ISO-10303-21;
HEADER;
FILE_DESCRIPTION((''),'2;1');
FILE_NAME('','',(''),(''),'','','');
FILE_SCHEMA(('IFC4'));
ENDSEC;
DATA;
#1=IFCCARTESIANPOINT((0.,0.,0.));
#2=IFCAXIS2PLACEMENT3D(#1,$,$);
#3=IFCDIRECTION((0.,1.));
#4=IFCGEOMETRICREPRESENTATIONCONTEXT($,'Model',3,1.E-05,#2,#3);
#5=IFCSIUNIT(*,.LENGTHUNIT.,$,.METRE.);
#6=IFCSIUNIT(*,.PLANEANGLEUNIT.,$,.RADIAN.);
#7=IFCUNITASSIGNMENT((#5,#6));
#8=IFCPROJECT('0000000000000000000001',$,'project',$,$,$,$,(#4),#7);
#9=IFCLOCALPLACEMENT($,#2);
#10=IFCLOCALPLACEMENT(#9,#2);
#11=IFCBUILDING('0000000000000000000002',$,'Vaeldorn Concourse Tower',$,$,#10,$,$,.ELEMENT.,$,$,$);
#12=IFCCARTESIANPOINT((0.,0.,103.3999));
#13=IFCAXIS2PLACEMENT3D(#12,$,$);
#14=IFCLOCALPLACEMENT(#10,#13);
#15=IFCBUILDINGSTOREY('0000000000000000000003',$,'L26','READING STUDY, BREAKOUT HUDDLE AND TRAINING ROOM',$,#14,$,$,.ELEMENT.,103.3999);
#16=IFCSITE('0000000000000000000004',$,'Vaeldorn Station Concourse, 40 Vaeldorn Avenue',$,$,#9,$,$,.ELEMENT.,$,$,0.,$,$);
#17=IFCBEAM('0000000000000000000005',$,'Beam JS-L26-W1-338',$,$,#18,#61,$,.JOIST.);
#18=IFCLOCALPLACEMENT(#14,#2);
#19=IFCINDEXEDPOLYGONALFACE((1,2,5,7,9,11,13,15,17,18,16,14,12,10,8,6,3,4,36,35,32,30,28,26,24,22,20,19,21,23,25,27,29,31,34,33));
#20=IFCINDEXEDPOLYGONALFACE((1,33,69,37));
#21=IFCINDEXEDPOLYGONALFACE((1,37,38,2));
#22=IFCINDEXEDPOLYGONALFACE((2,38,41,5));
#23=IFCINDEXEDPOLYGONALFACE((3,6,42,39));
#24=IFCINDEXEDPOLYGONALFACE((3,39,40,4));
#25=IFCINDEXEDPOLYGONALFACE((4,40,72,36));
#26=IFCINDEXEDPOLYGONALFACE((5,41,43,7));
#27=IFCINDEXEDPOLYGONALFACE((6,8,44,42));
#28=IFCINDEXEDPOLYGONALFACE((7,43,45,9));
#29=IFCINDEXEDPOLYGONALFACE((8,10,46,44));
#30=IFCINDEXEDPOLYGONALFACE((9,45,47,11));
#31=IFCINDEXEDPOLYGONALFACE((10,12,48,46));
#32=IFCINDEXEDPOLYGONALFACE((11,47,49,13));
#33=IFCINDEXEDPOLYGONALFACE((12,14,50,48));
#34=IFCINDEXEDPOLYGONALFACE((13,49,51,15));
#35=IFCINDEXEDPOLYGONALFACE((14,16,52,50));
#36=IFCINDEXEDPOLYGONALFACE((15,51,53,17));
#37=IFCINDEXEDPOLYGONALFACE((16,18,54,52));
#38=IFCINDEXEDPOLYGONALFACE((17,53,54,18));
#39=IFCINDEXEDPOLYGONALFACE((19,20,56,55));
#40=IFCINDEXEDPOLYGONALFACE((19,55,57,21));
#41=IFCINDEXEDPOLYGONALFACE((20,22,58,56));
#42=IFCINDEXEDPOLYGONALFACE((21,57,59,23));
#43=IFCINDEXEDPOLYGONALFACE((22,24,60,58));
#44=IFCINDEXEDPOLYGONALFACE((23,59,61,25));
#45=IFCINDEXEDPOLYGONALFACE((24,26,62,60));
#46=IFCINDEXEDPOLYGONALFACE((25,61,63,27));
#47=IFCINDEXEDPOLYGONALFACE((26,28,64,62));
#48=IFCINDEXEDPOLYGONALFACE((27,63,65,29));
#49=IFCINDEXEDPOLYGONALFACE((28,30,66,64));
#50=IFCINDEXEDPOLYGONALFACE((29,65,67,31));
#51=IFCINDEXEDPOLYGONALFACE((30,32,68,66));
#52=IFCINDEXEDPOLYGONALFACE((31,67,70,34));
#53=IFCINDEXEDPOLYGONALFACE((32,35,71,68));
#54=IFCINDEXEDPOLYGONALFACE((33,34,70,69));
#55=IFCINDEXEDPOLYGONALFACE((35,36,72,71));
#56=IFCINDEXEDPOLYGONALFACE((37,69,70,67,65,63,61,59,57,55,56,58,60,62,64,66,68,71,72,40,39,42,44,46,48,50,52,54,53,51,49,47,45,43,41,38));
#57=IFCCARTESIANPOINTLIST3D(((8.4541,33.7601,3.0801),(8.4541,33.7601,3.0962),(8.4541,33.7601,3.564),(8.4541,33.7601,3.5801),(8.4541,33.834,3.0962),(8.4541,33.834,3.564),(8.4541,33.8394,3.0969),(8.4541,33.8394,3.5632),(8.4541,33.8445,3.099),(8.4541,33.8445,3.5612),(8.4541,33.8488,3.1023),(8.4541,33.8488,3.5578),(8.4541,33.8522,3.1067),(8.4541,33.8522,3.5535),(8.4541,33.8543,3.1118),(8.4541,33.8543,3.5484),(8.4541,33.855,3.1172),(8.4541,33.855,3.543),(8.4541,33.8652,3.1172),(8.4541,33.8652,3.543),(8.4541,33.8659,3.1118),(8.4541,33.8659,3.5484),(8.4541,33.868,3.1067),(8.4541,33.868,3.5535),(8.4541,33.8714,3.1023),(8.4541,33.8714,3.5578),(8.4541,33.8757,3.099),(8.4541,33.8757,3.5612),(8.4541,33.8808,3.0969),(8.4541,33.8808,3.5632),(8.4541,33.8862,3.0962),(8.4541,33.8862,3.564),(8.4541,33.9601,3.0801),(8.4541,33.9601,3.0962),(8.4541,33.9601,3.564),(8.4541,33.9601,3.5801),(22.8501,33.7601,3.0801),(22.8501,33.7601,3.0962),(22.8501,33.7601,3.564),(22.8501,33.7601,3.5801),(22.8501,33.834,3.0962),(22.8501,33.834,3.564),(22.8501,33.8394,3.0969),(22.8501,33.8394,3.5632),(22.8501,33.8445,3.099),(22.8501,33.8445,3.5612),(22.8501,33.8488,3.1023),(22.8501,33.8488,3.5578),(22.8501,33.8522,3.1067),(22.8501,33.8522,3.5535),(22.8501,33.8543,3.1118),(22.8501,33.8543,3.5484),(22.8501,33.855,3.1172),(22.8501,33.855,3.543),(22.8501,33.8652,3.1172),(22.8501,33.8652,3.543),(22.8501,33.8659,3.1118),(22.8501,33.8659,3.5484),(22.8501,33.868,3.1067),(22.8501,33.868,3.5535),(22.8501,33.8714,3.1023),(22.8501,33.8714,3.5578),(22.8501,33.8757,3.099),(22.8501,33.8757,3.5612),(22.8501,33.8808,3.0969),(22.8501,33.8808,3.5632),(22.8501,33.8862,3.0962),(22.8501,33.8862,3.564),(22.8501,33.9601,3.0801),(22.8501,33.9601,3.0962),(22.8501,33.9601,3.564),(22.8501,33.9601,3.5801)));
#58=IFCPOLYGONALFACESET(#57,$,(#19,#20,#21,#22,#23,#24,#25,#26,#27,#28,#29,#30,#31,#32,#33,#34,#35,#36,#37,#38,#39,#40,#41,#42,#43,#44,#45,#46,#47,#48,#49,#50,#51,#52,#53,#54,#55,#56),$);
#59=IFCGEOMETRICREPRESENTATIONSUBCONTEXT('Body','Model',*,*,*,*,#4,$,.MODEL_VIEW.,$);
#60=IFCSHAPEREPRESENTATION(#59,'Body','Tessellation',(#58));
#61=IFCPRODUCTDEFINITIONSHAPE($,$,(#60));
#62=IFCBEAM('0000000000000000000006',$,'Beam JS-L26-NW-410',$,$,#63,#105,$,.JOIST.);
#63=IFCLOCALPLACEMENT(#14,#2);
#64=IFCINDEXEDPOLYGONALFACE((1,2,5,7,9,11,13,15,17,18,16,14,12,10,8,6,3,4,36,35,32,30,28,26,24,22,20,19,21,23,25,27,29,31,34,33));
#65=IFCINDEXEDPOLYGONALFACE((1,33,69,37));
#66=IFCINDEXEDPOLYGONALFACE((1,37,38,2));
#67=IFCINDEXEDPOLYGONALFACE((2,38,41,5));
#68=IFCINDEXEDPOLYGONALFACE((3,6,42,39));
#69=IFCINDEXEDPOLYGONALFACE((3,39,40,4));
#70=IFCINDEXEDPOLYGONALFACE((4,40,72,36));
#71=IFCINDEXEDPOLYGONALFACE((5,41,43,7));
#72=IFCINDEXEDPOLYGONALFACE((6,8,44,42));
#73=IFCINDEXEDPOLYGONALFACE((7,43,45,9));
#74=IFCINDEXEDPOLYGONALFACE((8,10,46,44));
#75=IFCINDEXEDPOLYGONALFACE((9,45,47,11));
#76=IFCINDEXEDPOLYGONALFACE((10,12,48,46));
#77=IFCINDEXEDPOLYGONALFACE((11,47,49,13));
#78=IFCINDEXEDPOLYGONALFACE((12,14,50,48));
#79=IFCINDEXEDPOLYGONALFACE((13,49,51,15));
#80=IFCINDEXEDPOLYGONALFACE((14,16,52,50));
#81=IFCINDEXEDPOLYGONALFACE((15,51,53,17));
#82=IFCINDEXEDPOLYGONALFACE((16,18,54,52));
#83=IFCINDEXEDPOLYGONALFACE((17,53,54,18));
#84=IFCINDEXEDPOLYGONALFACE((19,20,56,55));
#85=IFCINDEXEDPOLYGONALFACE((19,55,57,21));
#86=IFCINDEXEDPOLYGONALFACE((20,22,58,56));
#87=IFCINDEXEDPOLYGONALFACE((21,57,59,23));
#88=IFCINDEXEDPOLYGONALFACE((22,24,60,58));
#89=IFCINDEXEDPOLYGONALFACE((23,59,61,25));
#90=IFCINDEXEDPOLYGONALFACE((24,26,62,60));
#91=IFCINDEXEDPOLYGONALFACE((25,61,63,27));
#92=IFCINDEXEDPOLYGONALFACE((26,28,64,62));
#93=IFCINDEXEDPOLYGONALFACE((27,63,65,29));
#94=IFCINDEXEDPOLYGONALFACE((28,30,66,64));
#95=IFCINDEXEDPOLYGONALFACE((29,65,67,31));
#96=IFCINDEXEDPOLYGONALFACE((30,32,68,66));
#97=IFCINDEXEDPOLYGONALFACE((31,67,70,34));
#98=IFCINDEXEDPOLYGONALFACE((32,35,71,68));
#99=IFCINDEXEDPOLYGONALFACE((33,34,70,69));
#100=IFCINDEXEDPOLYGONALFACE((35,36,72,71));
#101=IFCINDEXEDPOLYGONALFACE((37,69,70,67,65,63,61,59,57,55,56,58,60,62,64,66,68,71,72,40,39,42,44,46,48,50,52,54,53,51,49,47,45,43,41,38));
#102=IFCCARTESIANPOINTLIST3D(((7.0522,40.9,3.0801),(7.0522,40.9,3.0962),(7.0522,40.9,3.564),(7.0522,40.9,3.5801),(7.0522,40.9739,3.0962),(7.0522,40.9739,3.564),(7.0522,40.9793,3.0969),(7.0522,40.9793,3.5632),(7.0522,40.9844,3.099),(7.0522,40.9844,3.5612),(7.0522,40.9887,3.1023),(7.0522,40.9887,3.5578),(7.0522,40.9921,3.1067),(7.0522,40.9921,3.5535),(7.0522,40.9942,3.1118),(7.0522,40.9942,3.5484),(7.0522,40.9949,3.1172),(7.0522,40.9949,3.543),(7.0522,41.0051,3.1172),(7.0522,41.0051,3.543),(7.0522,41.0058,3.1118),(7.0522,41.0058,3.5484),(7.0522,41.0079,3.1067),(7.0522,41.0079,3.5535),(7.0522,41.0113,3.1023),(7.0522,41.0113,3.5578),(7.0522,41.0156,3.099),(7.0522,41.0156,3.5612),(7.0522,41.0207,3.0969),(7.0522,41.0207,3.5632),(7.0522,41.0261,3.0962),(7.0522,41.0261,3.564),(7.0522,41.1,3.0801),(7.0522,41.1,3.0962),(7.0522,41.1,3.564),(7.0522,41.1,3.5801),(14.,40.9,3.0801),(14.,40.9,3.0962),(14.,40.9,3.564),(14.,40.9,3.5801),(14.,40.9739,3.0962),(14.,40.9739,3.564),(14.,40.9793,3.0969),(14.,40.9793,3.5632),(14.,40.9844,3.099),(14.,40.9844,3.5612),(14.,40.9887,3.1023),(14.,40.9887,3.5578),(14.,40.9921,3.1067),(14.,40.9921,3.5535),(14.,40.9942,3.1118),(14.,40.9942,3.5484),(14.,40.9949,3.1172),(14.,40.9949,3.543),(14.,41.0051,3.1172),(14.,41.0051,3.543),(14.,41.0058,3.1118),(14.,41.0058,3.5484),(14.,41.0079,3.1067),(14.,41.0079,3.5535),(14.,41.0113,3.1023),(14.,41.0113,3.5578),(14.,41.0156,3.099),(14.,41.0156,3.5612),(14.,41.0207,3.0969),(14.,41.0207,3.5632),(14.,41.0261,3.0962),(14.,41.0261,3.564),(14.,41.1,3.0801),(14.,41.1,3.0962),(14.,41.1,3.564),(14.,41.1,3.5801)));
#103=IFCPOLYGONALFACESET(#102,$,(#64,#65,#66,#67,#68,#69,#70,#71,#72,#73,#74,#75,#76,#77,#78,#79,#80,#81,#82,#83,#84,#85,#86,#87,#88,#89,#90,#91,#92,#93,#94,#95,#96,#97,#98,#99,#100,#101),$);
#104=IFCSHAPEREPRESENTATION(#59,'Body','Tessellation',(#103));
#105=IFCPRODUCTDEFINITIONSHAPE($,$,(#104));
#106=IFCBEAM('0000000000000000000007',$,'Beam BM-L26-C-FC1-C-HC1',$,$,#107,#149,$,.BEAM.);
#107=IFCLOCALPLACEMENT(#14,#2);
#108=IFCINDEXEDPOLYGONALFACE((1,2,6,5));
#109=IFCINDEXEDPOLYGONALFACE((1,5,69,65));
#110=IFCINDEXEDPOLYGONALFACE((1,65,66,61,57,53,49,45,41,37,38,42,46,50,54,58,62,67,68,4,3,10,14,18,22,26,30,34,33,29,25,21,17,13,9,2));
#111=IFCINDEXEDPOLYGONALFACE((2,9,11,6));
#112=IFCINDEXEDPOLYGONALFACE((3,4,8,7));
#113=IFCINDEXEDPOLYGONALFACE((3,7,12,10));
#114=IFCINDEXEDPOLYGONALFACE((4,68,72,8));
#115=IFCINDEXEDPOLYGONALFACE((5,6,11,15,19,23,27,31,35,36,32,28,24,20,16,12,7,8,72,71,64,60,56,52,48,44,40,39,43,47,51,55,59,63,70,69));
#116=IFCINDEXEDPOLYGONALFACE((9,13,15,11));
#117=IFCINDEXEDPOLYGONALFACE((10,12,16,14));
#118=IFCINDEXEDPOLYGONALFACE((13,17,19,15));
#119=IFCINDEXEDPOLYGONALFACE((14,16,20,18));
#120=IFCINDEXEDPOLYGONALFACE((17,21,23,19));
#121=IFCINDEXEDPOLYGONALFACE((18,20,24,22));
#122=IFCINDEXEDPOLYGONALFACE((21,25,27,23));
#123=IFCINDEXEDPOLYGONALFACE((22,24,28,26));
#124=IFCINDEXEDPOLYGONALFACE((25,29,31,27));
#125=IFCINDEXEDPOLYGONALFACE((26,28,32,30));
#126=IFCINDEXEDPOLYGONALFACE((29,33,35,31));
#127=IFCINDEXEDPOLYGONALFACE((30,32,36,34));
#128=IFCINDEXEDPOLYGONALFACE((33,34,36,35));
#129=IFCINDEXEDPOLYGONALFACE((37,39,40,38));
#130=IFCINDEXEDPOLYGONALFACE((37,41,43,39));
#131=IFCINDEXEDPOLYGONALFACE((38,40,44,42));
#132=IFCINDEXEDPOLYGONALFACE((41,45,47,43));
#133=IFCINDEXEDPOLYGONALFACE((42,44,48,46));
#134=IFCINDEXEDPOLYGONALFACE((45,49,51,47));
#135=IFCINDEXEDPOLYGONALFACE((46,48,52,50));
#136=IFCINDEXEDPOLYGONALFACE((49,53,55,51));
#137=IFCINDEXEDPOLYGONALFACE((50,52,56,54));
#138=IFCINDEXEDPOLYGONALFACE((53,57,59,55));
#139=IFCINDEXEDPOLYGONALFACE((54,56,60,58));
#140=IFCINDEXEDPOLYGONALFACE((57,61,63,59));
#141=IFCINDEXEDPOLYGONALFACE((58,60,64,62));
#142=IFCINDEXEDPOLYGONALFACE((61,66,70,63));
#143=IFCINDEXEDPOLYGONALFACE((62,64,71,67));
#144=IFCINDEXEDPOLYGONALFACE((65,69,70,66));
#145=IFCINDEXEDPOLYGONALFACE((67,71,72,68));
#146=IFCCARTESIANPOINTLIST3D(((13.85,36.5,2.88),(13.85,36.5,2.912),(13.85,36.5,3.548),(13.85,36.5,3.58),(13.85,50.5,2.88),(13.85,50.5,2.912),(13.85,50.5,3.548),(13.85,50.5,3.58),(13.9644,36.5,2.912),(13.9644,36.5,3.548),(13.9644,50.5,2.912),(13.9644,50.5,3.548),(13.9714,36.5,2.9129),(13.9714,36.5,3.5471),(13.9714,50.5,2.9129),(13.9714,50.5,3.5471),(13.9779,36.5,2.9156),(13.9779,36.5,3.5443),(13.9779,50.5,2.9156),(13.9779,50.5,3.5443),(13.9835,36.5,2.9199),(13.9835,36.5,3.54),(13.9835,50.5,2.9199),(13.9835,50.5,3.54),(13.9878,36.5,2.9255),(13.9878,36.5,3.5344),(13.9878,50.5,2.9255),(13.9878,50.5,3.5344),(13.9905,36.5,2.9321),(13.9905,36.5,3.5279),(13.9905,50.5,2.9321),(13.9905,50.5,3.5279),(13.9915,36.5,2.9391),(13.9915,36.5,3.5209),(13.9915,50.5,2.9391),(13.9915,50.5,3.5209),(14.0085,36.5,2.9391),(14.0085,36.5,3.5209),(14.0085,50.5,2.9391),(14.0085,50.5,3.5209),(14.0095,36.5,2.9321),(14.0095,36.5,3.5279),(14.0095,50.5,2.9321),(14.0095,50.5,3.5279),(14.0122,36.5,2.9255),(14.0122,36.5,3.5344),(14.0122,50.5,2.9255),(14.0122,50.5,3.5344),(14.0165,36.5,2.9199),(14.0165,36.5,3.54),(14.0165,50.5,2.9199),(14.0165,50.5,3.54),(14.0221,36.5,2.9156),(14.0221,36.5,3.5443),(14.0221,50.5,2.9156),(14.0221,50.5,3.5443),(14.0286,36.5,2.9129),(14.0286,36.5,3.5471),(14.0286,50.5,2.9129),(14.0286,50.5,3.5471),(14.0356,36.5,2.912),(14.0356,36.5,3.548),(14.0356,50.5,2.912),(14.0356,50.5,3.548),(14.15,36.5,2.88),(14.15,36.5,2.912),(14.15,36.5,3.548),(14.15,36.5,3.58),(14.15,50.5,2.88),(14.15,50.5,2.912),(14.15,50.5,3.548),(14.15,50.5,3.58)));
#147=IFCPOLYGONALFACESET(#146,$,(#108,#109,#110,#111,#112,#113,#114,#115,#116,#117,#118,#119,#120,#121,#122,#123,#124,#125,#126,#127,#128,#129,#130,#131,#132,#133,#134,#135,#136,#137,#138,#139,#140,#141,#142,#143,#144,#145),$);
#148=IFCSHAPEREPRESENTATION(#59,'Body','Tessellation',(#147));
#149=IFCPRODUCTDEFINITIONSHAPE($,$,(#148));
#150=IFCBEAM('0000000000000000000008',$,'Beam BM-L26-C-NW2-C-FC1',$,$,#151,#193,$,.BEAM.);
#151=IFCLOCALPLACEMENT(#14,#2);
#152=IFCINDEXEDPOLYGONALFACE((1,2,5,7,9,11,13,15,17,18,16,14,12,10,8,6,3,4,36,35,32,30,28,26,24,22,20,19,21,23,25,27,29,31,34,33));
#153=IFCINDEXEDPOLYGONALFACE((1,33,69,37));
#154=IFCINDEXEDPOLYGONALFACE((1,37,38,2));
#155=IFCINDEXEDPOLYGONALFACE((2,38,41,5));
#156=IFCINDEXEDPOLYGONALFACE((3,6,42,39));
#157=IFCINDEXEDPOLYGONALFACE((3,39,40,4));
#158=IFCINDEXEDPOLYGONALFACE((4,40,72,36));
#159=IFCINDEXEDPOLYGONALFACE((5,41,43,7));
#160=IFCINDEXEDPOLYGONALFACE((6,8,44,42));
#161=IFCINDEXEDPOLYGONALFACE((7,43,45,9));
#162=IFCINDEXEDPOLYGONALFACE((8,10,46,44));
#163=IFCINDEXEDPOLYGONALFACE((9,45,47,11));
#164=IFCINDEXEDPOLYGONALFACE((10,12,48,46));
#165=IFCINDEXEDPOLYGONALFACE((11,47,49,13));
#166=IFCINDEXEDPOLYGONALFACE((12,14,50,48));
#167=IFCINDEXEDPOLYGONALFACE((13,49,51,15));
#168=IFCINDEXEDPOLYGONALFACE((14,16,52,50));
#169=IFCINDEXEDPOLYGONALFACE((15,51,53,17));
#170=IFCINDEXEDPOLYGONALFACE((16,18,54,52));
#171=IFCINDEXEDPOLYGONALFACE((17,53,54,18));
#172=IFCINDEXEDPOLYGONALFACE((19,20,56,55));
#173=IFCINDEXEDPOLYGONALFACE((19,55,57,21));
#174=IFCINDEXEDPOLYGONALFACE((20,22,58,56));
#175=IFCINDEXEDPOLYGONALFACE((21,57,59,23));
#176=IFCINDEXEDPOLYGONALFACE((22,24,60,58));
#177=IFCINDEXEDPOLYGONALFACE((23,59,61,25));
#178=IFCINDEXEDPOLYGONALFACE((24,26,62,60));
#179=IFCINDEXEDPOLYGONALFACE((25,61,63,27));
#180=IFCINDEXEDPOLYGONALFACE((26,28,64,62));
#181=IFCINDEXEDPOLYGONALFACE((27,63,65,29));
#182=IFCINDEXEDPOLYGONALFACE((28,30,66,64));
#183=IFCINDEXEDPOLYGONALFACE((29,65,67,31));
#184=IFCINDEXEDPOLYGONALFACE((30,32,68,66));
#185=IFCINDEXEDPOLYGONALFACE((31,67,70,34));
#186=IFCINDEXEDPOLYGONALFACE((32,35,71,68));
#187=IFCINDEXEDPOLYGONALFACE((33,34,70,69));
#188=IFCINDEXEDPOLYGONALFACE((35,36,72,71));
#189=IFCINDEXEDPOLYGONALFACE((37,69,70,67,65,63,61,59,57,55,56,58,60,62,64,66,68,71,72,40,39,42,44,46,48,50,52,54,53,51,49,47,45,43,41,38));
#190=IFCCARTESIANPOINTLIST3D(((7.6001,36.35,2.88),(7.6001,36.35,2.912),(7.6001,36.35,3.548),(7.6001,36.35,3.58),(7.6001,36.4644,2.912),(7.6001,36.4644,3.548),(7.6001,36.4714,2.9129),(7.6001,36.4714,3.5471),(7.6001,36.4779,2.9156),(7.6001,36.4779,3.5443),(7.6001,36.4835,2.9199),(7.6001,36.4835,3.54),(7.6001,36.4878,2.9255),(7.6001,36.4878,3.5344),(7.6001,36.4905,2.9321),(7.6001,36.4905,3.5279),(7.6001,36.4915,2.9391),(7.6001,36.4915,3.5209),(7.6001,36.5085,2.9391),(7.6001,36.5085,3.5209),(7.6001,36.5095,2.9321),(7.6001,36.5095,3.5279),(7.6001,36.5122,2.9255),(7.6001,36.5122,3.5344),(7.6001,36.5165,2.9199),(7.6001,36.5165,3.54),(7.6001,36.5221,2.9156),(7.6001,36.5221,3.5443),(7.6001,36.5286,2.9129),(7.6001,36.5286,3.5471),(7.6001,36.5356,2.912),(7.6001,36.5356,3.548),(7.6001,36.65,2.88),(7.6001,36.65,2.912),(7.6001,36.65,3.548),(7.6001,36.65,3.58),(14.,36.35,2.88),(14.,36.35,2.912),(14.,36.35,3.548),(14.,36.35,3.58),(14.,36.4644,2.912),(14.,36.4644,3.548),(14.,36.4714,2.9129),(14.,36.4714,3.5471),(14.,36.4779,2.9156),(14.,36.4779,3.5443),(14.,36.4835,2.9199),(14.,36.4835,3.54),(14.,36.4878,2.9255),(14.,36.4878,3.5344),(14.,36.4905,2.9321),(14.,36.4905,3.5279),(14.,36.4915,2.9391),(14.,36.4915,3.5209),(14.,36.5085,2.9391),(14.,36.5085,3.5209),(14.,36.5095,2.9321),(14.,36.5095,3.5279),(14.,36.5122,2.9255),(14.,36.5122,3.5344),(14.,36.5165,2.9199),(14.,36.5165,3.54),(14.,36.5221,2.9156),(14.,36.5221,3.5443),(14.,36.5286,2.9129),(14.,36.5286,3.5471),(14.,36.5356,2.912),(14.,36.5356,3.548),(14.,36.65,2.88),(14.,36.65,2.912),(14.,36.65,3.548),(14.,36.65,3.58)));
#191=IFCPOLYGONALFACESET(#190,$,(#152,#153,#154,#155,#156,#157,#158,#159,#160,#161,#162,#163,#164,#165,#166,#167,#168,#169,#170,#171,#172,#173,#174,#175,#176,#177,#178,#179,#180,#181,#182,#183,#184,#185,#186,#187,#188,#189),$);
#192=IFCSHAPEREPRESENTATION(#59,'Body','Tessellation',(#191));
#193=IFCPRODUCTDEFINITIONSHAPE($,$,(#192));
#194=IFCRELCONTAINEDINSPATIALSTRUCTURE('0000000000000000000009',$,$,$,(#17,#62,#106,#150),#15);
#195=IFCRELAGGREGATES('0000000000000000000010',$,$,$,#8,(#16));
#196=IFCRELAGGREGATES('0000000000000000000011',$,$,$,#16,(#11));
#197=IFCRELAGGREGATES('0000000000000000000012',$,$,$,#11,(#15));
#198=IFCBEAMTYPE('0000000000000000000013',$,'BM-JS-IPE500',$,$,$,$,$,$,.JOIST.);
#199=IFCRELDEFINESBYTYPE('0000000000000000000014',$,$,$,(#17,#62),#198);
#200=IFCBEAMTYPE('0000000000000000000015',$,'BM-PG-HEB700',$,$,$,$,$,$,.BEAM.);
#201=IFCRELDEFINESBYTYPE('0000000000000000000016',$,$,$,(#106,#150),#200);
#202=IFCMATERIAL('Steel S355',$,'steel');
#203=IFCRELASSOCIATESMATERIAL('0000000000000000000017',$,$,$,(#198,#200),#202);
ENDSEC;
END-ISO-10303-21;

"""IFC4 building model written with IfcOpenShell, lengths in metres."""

from ifc_helpers import new_model, si_unit, direction, frame, origin, origin_2d, place, context, subcontext, project, spatial, i_section, extrude, source, transform, mapped, material, material_profile, profile_set, type_object, element, save


model = new_model("IFC4")

# Units and contexts
model_context = context("Model", 3, precision=1e-05, world=origin(), true_north=direction((0.0, 1.0)))
body_context = subcontext(model_context, "Body", "Model", "MODEL_VIEW")
ifc_project = project(units=[si_unit("LENGTHUNIT", "METRE"), si_unit("PLANEANGLEUNIT", "RADIAN")], contexts=[model_context])

# Site, building, storey
site_placement = place(None, origin())
site = spatial("IfcSite", under=ifc_project, at=site_placement, Name="Vaeldorn Station Concourse, 40 Vaeldorn Avenue", CompositionType="ELEMENT", RefElevation=0.0)
building_placement = place(site_placement, origin())
building = spatial("IfcBuilding", under=site, at=building_placement, Name="Vaeldorn Concourse Tower", CompositionType="ELEMENT")
storey_placement = place(building_placement, frame((0.0, 0.0, 103.3999)))
storey = spatial("IfcBuildingStorey", under=building, at=storey_placement, Name="L26", Description="READING STUDY, BREAKOUT HUDDLE AND TRAINING ROOM", CompositionType="ELEMENT", Elevation=103.3999)

# Beams
ifc_material_1 = material(Name="Steel S355", Category="steel")
ifc_material_profile_1 = material_profile(ifc_material_1, i_section(OverallWidth=0.2, OverallDepth=0.5, WebThickness=0.0103, FlangeThickness=0.0161, FilletRadius=0.021, at=origin_2d()), Name="IPE 500")
ifc_profile_set_1 = profile_set([ifc_material_profile_1], Name="Steel S355")
beam_type_1 = type_object("IfcBeamType", Name="BM-JS-IPE500", PredefinedType="JOIST", material=ifc_profile_set_1)
shared_shape_1 = source(origin(), body_context, "Body", "SweptSolid", [
    extrude(i_section(OverallWidth=0.2, OverallDepth=0.5, WebThickness=0.0103, FlangeThickness=0.0161, FilletRadius=0.021, at=origin_2d()), origin(), (0.0, 0.0, 1.0), 14.396),
])
beam_1_placement = place(storey_placement, frame((8.4541, 33.8601, 3.3301), z_axis=(1.0, 0.0, 0.0), x_axis=(0.0, 1.0, 0.0)))
element("IfcBeam", 1, at=beam_1_placement, inside=storey, type_object=beam_type_1, Name="Beam JS-L26-W1-338", PredefinedType="JOIST", context=body_context, shape_type="MappedRepresentation", body=[
    mapped(shared_shape_1, transform((0.0, 0.0, 0.0), scale=1.0)),
])
shared_shape_2 = source(origin(), body_context, "Body", "SweptSolid", [
    extrude(i_section(OverallWidth=0.2, OverallDepth=0.5, WebThickness=0.0103, FlangeThickness=0.0161, FilletRadius=0.021, at=origin_2d()), origin(), (0.0, 0.0, 1.0), 6.9478),
])
beam_2_placement = place(storey_placement, frame((7.0522, 41.0, 3.3301), z_axis=(1.0, 0.0, 0.0), x_axis=(0.0, 1.0, 0.0)))
element("IfcBeam", 2, at=beam_2_placement, inside=storey, type_object=beam_type_1, Name="Beam JS-L26-NW-410", PredefinedType="JOIST", context=body_context, shape_type="MappedRepresentation", body=[
    mapped(shared_shape_2, transform((0.0, 0.0, 0.0), scale=1.0)),
])
ifc_material_profile_2 = material_profile(ifc_material_1, i_section(OverallWidth=0.3, OverallDepth=0.7, WebThickness=0.0171, FlangeThickness=0.032, FilletRadius=0.0271, at=origin_2d()), Name="HEB 700")
ifc_profile_set_2 = profile_set([ifc_material_profile_2], Name="Steel S355")
beam_type_2 = type_object("IfcBeamType", Name="BM-PG-HEB700", PredefinedType="BEAM", material=ifc_profile_set_2)
shared_shape_3 = source(origin(), body_context, "Body", "SweptSolid", [
    extrude(i_section(OverallWidth=0.3, OverallDepth=0.7, WebThickness=0.0171, FlangeThickness=0.032, FilletRadius=0.0271, at=origin_2d()), origin(), (0.0, 0.0, 1.0), 14.0),
])
beam_3_placement = place(storey_placement, frame((14.0, 36.5, 3.23), z_axis=(0.0, 1.0, 0.0), x_axis=(-1.0, 0.0, 0.0)))
element("IfcBeam", 3, at=beam_3_placement, inside=storey, type_object=beam_type_2, Name="Beam BM-L26-C-FC1-C-HC1", PredefinedType="BEAM", context=body_context, shape_type="MappedRepresentation", body=[
    mapped(shared_shape_3, transform((0.0, 0.0, 0.0), scale=1.0)),
])
shared_shape_4 = source(origin(), body_context, "Body", "SweptSolid", [
    extrude(i_section(OverallWidth=0.3, OverallDepth=0.7, WebThickness=0.0171, FlangeThickness=0.032, FilletRadius=0.0271, at=origin_2d()), origin(), (0.0, 0.0, 1.0), 6.3999),
])
beam_4_placement = place(storey_placement, frame((7.6001, 36.5, 3.23), z_axis=(1.0, 0.0, 0.0), x_axis=(0.0, 1.0, 0.0)))
element("IfcBeam", 4, at=beam_4_placement, inside=storey, type_object=beam_type_2, Name="Beam BM-L26-C-NW2-C-FC1", PredefinedType="BEAM", context=body_context, shape_type="MappedRepresentation", body=[
    mapped(shared_shape_4, transform((0.0, 0.0, 0.0), scale=1.0)),
])

save(model, "model.ifc")
